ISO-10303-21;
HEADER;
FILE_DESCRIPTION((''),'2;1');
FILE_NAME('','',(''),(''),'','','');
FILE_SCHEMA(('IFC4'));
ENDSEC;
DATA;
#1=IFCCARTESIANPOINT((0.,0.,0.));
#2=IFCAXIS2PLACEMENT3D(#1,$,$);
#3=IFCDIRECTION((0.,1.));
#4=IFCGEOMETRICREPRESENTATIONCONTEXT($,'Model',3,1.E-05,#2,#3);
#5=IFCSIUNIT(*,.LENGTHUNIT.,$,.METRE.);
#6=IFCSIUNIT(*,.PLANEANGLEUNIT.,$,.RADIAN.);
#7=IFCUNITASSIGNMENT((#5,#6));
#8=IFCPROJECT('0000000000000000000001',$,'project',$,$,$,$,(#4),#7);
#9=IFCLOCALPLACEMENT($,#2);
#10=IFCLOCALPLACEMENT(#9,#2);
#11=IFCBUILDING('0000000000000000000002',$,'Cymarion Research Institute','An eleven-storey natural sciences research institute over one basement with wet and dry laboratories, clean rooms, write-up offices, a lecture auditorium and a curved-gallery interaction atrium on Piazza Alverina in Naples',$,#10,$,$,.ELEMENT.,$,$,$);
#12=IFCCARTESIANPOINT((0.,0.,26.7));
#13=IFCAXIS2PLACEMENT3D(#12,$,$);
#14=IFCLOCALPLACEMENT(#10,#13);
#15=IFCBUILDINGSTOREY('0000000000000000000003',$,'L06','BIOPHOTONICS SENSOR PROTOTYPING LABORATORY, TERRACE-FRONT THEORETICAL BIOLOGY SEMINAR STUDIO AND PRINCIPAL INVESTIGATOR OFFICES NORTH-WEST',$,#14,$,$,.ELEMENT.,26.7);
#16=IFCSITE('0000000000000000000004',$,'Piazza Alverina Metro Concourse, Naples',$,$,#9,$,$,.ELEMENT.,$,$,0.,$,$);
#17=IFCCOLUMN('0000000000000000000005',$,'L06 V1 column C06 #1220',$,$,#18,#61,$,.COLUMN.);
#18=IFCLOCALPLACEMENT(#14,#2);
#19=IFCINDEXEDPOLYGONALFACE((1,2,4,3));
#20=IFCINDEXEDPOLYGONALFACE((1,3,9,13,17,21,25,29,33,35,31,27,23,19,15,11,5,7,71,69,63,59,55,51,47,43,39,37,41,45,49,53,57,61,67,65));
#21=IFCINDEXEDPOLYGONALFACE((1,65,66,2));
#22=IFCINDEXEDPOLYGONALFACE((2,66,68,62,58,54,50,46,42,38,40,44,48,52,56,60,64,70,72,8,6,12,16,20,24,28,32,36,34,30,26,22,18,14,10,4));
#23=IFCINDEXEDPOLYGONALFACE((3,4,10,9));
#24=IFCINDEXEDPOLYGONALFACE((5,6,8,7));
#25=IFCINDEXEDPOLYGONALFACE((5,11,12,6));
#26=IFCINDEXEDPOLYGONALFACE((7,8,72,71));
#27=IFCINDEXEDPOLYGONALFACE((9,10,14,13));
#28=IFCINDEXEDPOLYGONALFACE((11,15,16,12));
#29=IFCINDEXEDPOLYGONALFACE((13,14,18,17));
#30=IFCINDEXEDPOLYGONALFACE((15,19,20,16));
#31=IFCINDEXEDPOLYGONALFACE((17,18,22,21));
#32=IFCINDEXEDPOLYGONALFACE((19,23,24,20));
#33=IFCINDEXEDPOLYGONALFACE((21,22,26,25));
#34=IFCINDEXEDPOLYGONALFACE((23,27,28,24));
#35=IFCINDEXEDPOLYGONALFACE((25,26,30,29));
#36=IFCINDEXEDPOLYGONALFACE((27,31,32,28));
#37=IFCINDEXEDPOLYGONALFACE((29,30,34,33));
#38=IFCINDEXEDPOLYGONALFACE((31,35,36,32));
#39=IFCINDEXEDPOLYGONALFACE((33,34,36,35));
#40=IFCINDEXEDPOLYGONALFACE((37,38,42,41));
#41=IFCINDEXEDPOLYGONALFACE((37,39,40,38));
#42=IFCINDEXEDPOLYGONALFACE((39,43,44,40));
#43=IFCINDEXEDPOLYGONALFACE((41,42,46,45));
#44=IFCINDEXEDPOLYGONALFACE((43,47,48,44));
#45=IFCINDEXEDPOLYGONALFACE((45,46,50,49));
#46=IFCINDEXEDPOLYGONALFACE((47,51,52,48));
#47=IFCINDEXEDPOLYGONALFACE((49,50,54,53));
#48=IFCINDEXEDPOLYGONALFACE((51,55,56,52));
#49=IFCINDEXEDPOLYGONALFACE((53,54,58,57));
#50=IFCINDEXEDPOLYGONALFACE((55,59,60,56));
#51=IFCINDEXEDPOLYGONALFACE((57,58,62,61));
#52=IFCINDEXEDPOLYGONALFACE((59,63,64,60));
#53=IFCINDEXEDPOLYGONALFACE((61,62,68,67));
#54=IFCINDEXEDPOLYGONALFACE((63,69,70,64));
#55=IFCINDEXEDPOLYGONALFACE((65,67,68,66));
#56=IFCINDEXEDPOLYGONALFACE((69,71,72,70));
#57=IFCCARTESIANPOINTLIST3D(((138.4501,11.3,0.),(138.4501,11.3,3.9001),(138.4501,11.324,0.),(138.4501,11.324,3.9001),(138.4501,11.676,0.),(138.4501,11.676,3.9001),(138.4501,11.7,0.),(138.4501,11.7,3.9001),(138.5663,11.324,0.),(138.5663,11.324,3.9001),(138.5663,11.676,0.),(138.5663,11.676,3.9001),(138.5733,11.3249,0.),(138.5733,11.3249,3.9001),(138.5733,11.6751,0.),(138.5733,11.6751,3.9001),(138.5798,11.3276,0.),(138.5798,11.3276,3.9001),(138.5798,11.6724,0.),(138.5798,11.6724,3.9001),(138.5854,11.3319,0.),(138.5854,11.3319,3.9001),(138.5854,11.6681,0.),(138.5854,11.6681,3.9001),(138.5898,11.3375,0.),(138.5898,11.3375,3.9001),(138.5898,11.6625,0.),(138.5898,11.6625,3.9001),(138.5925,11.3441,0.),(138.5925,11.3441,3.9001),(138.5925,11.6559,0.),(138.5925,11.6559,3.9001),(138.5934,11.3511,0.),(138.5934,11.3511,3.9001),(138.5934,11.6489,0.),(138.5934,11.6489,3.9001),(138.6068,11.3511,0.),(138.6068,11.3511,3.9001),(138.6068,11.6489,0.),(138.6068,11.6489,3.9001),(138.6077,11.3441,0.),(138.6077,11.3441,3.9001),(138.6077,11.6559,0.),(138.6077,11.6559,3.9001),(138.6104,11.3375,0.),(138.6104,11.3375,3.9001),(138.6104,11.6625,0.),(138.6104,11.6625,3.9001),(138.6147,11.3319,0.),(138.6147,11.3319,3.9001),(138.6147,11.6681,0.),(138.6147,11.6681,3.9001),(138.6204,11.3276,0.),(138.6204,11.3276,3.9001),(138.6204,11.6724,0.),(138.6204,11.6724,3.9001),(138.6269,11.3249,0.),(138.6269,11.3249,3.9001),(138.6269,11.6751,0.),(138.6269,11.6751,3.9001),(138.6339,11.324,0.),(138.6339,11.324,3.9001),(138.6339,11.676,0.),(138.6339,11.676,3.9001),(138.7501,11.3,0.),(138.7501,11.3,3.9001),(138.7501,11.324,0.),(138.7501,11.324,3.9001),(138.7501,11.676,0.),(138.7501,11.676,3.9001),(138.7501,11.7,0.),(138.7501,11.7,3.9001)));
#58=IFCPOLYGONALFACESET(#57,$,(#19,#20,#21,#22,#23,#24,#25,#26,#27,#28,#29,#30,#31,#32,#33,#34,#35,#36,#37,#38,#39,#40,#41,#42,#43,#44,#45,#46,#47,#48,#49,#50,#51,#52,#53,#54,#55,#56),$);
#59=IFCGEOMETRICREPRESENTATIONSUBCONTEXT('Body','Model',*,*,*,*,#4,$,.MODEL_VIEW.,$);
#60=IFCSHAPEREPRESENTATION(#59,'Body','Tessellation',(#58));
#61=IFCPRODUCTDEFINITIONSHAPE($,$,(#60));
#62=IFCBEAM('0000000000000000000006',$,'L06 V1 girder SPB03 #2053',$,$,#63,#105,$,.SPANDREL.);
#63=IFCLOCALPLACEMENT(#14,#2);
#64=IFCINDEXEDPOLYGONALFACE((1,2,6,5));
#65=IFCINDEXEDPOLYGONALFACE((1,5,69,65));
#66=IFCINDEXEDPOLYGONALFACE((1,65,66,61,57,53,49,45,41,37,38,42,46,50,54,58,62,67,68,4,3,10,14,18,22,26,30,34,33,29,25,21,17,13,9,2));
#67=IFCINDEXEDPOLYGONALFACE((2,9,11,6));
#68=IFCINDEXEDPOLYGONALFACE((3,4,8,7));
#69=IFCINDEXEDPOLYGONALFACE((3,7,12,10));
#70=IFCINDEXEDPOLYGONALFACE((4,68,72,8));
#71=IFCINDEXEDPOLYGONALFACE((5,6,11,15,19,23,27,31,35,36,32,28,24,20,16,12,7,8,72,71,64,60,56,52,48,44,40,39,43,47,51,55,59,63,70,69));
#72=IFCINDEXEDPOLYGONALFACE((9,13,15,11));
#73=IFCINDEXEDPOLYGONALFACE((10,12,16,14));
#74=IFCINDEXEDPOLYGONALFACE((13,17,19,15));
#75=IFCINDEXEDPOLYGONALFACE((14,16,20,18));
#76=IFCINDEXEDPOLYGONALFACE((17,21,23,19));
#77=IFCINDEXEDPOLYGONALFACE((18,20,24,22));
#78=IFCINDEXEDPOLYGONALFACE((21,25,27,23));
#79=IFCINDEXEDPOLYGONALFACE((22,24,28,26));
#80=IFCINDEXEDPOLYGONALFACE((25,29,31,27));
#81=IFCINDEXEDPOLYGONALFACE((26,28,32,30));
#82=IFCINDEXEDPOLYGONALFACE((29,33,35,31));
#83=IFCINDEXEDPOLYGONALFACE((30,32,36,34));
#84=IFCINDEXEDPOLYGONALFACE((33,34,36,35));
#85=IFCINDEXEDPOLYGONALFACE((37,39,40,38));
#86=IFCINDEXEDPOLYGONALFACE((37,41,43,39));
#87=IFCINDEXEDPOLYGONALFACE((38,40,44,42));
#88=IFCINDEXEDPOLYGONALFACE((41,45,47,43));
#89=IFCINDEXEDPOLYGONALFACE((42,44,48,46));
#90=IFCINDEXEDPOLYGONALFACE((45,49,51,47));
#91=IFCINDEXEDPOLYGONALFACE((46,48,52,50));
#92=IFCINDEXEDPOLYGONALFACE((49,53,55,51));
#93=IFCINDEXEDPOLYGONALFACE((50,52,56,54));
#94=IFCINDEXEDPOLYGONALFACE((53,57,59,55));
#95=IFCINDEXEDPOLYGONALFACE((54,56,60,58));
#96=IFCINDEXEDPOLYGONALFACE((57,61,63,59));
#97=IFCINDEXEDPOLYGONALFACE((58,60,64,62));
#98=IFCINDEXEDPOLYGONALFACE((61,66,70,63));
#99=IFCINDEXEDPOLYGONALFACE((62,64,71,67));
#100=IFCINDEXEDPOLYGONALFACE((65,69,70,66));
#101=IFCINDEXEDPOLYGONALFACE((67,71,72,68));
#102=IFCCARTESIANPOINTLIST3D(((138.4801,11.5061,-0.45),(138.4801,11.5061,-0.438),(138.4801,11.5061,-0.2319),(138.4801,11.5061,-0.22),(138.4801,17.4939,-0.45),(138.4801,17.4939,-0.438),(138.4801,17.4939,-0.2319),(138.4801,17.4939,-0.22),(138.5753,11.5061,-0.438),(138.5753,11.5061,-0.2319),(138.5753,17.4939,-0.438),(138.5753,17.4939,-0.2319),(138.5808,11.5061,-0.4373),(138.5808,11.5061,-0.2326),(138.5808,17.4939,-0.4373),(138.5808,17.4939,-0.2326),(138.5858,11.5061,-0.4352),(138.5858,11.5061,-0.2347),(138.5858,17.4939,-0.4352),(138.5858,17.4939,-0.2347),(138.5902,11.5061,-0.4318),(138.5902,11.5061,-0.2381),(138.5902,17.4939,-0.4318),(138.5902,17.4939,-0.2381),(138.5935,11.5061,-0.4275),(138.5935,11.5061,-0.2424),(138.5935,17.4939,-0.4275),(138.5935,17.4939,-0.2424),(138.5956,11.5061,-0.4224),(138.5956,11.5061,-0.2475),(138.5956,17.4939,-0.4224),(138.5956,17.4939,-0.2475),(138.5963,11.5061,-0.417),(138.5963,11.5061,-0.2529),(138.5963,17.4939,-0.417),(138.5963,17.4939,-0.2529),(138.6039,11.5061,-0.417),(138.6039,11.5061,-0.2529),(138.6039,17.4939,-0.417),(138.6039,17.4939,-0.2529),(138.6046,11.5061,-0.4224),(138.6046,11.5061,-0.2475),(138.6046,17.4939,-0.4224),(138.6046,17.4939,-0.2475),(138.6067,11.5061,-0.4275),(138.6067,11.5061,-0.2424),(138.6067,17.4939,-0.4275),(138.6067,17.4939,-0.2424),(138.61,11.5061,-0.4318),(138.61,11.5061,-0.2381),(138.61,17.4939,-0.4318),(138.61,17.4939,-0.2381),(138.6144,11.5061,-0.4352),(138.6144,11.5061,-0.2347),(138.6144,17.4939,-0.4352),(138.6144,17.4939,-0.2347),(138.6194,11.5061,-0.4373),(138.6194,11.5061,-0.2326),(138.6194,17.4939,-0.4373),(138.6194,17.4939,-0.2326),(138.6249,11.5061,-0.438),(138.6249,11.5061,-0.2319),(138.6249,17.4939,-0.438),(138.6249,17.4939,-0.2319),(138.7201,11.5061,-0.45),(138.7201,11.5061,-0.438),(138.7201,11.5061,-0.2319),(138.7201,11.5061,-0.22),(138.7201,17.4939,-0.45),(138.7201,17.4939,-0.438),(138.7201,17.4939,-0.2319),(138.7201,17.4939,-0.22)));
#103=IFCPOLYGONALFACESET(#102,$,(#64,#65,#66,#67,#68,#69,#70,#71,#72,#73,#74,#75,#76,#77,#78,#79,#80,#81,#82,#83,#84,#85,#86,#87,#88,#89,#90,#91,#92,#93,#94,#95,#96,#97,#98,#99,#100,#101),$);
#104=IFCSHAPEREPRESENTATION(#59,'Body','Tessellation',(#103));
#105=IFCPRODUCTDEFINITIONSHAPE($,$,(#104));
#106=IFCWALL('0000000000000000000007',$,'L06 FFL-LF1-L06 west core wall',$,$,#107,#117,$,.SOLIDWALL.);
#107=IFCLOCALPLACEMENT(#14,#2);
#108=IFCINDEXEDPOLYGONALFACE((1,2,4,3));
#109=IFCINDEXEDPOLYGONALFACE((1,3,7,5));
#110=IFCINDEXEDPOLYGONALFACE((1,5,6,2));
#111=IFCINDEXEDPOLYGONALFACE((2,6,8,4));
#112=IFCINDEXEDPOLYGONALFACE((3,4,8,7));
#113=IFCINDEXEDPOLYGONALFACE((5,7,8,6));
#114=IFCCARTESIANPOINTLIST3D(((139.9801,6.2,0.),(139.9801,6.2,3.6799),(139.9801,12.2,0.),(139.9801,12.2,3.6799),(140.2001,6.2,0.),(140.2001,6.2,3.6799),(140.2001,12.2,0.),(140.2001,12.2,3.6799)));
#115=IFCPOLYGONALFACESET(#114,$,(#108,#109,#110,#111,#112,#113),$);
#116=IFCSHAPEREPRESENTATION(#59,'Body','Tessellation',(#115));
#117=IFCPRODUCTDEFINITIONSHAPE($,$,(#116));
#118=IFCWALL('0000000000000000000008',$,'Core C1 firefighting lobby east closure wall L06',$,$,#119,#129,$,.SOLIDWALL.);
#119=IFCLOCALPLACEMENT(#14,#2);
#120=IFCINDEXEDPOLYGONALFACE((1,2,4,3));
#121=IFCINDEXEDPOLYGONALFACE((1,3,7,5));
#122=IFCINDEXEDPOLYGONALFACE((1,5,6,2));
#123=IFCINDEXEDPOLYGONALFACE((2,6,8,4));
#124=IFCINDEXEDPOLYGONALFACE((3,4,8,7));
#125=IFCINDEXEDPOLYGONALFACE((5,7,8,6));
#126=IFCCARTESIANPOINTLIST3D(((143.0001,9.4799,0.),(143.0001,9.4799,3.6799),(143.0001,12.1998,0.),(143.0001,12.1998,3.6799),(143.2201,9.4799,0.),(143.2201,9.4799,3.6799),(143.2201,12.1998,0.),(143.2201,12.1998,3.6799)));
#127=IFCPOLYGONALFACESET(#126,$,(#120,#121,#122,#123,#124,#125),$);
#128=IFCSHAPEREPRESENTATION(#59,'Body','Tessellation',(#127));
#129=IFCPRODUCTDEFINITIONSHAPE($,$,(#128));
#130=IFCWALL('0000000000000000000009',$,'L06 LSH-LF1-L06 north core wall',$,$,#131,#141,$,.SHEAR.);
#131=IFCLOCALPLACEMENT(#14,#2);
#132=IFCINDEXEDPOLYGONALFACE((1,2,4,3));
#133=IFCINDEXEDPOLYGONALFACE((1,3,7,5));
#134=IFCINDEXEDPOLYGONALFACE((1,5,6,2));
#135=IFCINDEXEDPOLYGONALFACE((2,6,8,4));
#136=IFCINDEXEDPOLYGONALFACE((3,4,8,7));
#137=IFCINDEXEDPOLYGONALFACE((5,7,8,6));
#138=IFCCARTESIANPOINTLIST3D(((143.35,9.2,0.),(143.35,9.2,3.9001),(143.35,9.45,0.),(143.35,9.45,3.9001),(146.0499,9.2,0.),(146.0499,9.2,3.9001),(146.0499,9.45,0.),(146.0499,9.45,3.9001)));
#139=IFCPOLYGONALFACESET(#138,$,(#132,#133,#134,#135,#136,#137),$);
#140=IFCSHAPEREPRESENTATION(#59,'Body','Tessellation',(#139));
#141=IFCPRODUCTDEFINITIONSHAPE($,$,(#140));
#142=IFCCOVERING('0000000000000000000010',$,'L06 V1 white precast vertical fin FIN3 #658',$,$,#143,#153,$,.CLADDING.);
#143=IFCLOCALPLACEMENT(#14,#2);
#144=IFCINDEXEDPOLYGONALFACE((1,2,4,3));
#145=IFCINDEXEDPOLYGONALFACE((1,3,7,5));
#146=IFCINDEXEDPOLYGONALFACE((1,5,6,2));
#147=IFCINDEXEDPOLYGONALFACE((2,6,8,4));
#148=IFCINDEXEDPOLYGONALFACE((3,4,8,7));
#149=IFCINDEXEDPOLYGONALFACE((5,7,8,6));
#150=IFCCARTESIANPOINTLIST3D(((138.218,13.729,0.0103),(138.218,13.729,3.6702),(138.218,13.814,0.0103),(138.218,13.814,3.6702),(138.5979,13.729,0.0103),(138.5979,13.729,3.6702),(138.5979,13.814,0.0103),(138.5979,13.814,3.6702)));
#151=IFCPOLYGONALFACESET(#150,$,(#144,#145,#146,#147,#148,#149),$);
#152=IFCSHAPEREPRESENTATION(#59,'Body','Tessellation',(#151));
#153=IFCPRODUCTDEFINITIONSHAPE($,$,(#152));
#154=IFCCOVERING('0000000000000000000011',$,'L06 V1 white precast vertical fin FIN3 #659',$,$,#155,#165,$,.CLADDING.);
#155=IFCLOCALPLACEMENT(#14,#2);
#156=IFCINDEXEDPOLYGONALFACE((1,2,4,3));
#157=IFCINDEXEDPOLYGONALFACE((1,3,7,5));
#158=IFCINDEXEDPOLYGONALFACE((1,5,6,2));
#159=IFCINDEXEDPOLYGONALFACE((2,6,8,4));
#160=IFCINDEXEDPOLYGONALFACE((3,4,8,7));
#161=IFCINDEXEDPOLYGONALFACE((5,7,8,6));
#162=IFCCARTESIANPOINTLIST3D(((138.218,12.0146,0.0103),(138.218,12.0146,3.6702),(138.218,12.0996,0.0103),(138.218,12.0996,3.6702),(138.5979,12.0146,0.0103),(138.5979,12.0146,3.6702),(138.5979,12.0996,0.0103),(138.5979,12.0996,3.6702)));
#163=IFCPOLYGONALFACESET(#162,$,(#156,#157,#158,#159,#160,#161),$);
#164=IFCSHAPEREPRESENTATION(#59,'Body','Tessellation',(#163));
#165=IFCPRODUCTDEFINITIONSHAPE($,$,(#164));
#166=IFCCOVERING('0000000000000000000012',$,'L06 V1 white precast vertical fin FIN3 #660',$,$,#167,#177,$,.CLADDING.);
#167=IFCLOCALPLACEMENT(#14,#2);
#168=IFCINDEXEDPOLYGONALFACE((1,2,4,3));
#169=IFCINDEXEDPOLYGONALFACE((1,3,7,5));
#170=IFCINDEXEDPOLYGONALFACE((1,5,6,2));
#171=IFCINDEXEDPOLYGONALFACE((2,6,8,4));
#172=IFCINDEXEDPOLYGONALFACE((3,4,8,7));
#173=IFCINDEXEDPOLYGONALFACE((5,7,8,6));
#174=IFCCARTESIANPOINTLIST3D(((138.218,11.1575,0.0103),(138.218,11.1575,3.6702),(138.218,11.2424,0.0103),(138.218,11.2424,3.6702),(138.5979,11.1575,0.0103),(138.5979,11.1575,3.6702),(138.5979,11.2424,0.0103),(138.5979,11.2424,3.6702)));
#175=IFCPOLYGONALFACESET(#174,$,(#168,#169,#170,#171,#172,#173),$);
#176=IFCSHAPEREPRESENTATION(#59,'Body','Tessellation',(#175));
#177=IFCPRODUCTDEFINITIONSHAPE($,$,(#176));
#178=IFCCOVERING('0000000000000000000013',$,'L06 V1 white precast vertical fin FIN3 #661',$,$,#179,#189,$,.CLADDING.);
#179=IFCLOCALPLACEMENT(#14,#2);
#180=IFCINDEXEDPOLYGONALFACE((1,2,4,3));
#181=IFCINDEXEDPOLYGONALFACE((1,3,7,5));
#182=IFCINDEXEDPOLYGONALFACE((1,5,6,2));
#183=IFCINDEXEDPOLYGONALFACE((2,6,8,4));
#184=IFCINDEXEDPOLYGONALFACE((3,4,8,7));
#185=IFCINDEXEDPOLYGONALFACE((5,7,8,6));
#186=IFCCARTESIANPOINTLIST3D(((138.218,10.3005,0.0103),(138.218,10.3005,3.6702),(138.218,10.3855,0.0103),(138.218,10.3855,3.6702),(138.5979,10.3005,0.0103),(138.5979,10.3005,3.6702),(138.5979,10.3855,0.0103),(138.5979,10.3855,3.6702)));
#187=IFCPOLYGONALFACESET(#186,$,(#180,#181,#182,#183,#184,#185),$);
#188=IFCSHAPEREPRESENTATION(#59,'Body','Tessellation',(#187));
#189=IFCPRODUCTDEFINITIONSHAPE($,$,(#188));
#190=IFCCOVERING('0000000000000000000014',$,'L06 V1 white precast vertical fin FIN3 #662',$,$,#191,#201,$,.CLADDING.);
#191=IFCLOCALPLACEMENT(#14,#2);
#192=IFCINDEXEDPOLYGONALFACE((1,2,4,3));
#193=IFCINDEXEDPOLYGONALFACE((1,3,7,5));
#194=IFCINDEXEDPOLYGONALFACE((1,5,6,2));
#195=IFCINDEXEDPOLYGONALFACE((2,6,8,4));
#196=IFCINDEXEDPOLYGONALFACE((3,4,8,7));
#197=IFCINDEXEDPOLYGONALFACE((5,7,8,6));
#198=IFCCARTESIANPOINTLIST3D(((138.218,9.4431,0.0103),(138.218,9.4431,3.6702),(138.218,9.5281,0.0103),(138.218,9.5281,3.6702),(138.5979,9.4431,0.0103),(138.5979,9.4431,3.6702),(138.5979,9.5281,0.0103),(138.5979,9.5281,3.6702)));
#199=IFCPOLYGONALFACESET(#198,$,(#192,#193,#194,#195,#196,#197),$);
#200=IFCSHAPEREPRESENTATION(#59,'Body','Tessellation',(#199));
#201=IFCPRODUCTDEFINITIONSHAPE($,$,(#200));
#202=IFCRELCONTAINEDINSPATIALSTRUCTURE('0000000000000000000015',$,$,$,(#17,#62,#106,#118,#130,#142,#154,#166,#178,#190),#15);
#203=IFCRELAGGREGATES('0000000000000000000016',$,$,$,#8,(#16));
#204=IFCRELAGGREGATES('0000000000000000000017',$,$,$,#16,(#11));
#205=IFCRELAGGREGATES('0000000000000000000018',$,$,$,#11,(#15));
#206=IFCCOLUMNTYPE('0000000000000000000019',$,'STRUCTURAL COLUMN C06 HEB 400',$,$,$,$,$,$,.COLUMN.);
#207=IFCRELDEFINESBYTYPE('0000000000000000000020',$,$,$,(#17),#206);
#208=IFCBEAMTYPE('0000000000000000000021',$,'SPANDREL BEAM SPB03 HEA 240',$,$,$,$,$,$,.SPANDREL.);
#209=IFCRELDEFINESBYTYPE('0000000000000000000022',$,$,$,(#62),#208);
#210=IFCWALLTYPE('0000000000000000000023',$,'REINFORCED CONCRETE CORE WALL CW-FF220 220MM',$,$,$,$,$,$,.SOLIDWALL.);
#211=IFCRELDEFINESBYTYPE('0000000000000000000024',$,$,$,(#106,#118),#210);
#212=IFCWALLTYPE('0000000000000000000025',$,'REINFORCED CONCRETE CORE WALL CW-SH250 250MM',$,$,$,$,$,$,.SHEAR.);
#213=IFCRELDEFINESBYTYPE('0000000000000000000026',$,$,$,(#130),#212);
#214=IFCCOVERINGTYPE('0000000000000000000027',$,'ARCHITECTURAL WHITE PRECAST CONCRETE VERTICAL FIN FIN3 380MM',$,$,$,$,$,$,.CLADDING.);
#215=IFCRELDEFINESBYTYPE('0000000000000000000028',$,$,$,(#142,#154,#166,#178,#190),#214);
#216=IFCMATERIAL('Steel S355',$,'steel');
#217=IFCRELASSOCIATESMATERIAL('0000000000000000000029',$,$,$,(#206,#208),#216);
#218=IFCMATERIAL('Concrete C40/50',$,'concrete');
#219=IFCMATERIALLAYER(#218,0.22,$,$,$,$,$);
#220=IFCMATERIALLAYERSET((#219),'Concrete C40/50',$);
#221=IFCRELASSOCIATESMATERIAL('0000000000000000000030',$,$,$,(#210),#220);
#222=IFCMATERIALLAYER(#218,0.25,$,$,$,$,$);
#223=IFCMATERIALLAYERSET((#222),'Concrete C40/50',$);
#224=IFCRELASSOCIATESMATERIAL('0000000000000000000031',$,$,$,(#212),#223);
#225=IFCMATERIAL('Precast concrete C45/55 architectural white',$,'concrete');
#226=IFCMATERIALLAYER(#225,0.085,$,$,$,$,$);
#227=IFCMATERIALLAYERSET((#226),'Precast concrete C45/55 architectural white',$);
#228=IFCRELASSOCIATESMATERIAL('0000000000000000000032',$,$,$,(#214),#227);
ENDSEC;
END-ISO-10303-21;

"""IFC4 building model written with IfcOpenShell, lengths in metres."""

from ifc_helpers import new_model, si_unit, direction, frame, frame_2d, origin, origin_2d, place, context, subcontext, project, spatial, rectangle, i_section, extrude, material, layer, layer_set, material_profile, profile_set, type_object, element, save


model = new_model("IFC4")

# Units and contexts
model_context = context("Model", 3, precision=1e-05, world=origin(), true_north=direction((0.0, 1.0)))
body_context = subcontext(model_context, "Body", "Model", "MODEL_VIEW")
ifc_project = project(units=[si_unit("LENGTHUNIT", "METRE"), si_unit("PLANEANGLEUNIT", "RADIAN")], contexts=[model_context])

# Site, building, storey
site_placement = place(None, origin())
site = spatial("IfcSite", under=ifc_project, at=site_placement, Name="Piazza Alverina Metro Concourse, Naples", CompositionType="ELEMENT", RefElevation=0.0)
building_placement = place(site_placement, origin())
building = spatial("IfcBuilding", under=site, at=building_placement, Name="Cymarion Research Institute", Description="An eleven-storey natural sciences research institute over one basement with wet and dry laboratories, clean rooms, write-up offices, a lecture auditorium and a curved-gallery interaction atrium on Piazza Alverina in Naples", CompositionType="ELEMENT")
storey_placement = place(building_placement, frame((0.0, 0.0, 26.7)))
storey = spatial("IfcBuildingStorey", under=building, at=storey_placement, Name="L06", Description="BIOPHOTONICS SENSOR PROTOTYPING LABORATORY, TERRACE-FRONT THEORETICAL BIOLOGY SEMINAR STUDIO AND PRINCIPAL INVESTIGATOR OFFICES NORTH-WEST", CompositionType="ELEMENT", Elevation=26.7)

# Column
ifc_material_1 = material(Name="Steel S355", Category="steel")
ifc_material_profile_1 = material_profile(ifc_material_1, i_section(OverallWidth=0.3, OverallDepth=0.3999, WebThickness=0.0134, FlangeThickness=0.0239, FilletRadius=0.0271, at=origin_2d()), Name="HEB 400")
ifc_profile_set_1 = profile_set([ifc_material_profile_1], Name="Steel S355")
column_type = type_object("IfcColumnType", Name="STRUCTURAL COLUMN C06 HEB 400", PredefinedType="COLUMN", material=ifc_profile_set_1)
column_placement = place(storey_placement, frame((138.6001, 11.5, 0.0), z_axis=(0.0, 0.0, 1.0), x_axis=(1.0, 0.0, 0.0)))
element("IfcColumn", 1, at=column_placement, inside=storey, type_object=column_type, Name="L06 V1 column C06 #1220", PredefinedType="COLUMN", context=body_context, shape_type="SweptSolid", body=[
    extrude(i_section(OverallWidth=0.3, OverallDepth=0.3999, WebThickness=0.0134, FlangeThickness=0.0239, FilletRadius=0.0271, at=origin_2d()), origin(), (0.0, 0.0, 1.0), 3.9001),
])

# Beam
ifc_material_profile_2 = material_profile(ifc_material_1, i_section(OverallWidth=0.24, OverallDepth=0.23, WebThickness=0.0076, FlangeThickness=0.012, FilletRadius=0.021, at=origin_2d()), Name="HEA 240")
ifc_profile_set_2 = profile_set([ifc_material_profile_2], Name="Steel S355")
beam_type = type_object("IfcBeamType", Name="SPANDREL BEAM SPB03 HEA 240", PredefinedType="SPANDREL", material=ifc_profile_set_2)
beam_placement = place(storey_placement, frame((138.6001, 11.5061, -0.335), z_axis=(0.0, 1.0, 0.0), x_axis=(-1.0, 0.0, 0.0)))
element("IfcBeam", 2, at=beam_placement, inside=storey, type_object=beam_type, Name="L06 V1 girder SPB03 #2053", PredefinedType="SPANDREL", context=body_context, shape_type="SweptSolid", body=[
    extrude(i_section(OverallWidth=0.24, OverallDepth=0.23, WebThickness=0.0076, FlangeThickness=0.012, FilletRadius=0.021, at=origin_2d()), origin(), (0.0, 0.0, 1.0), 5.9878),
])

# Shared definitions
ifc_material_2 = material(Name="Concrete C40/50", Category="concrete")
ifc_layer_1 = layer(ifc_material_2, 0.22)
ifc_layer_set_1 = layer_set([ifc_layer_1], Name="Concrete C40/50")
wall_type_1 = type_object("IfcWallType", Name="REINFORCED CONCRETE CORE WALL CW-FF220 220MM", PredefinedType="SOLIDWALL", material=ifc_layer_set_1)

# Walls
wall_1_placement = place(storey_placement, frame((140.0901, 12.2, 0.0), z_axis=(0.0, 0.0, 1.0), x_axis=(0.0, -1.0, 0.0)))
element("IfcWall", 3, at=wall_1_placement, inside=storey, type_object=wall_type_1, Name="L06 FFL-LF1-L06 west core wall", PredefinedType="SOLIDWALL", context=body_context, shape_type="SweptSolid", body=[
    extrude(rectangle(XDim=6.0, YDim=0.22, at=frame_2d((3.0, 0.0))), origin(), (0.0, 0.0, 1.0), 3.6799),
])
wall_2_placement = place(storey_placement, frame((143.1101, 9.48, 0.0), z_axis=(0.0, 0.0, 1.0), x_axis=(0.0, 1.0, 0.0)))
element("IfcWall", 4, at=wall_2_placement, inside=storey, type_object=wall_type_1, Name="Core C1 firefighting lobby east closure wall L06", PredefinedType="SOLIDWALL", context=body_context, shape_type="SweptSolid", body=[
    extrude(rectangle(XDim=2.72, YDim=0.22, at=frame_2d((1.3599, 0.0))), origin(), (0.0, 0.0, 1.0), 3.6799),
])
ifc_layer_2 = layer(ifc_material_2, 0.25)
ifc_layer_set_2 = layer_set([ifc_layer_2], Name="Concrete C40/50")
wall_type_2 = type_object("IfcWallType", Name="REINFORCED CONCRETE CORE WALL CW-SH250 250MM", PredefinedType="SHEAR", material=ifc_layer_set_2)
wall_3_placement = place(storey_placement, frame((146.05, 9.325, 0.0), z_axis=(0.0, 0.0, 1.0), x_axis=(-1.0, 0.0, 0.0)))
element("IfcWall", 5, at=wall_3_placement, inside=storey, type_object=wall_type_2, Name="L06 LSH-LF1-L06 north core wall", PredefinedType="SHEAR", context=body_context, shape_type="SweptSolid", body=[
    extrude(rectangle(XDim=2.7, YDim=0.25, at=frame_2d((1.3501, 0.0))), origin(), (0.0, 0.0, 1.0), 3.9001),
])

# Coverings
ifc_material_3 = material(Name="Precast concrete C45/55 architectural white", Category="concrete")
ifc_layer_3 = layer(ifc_material_3, 0.085)
ifc_layer_set_3 = layer_set([ifc_layer_3], Name="Precast concrete C45/55 architectural white")
covering_type = type_object("IfcCoveringType", Name="ARCHITECTURAL WHITE PRECAST CONCRETE VERTICAL FIN FIN3 380MM", PredefinedType="CLADDING", material=ifc_layer_set_3)
for number, where, z_axis, x_axis, name in (
    (6, (138.408, 13.7715, 0.0103), (0.0, 0.0, 1.0), (-1.0, 0.0, 0.0), "L06 V1 white precast vertical fin FIN3 #658"),
    (7, (138.408, 12.0571, 0.0103), (0.0, 0.0, 1.0), (-1.0, 0.0, 0.0), "L06 V1 white precast vertical fin FIN3 #659"),
    (8, (138.408, 11.2, 0.0103), (0.0, 0.0, 1.0), (-1.0, 0.0, 0.0), "L06 V1 white precast vertical fin FIN3 #660"),
    (9, (138.408, 10.343, 0.0103), (0.0, 0.0, 1.0), (-1.0, 0.0, 0.0), "L06 V1 white precast vertical fin FIN3 #661"),
    (10, (138.408, 9.4856, 0.0103), (0.0, 0.0, 1.0), (-1.0, 0.0, 0.0), "L06 V1 white precast vertical fin FIN3 #662"),
):
    element("IfcCovering", number, at=place(storey_placement, frame(where, z_axis=z_axis, x_axis=x_axis)), inside=storey, type_object=covering_type, Name=name, PredefinedType="CLADDING", context=body_context, shape_type="SweptSolid", body=[
        extrude(rectangle(XDim=0.3799, YDim=0.085, at=origin_2d()), origin(), (0.0, 0.0, 1.0), 3.6599),
    ])

save(model, "model.ifc")
